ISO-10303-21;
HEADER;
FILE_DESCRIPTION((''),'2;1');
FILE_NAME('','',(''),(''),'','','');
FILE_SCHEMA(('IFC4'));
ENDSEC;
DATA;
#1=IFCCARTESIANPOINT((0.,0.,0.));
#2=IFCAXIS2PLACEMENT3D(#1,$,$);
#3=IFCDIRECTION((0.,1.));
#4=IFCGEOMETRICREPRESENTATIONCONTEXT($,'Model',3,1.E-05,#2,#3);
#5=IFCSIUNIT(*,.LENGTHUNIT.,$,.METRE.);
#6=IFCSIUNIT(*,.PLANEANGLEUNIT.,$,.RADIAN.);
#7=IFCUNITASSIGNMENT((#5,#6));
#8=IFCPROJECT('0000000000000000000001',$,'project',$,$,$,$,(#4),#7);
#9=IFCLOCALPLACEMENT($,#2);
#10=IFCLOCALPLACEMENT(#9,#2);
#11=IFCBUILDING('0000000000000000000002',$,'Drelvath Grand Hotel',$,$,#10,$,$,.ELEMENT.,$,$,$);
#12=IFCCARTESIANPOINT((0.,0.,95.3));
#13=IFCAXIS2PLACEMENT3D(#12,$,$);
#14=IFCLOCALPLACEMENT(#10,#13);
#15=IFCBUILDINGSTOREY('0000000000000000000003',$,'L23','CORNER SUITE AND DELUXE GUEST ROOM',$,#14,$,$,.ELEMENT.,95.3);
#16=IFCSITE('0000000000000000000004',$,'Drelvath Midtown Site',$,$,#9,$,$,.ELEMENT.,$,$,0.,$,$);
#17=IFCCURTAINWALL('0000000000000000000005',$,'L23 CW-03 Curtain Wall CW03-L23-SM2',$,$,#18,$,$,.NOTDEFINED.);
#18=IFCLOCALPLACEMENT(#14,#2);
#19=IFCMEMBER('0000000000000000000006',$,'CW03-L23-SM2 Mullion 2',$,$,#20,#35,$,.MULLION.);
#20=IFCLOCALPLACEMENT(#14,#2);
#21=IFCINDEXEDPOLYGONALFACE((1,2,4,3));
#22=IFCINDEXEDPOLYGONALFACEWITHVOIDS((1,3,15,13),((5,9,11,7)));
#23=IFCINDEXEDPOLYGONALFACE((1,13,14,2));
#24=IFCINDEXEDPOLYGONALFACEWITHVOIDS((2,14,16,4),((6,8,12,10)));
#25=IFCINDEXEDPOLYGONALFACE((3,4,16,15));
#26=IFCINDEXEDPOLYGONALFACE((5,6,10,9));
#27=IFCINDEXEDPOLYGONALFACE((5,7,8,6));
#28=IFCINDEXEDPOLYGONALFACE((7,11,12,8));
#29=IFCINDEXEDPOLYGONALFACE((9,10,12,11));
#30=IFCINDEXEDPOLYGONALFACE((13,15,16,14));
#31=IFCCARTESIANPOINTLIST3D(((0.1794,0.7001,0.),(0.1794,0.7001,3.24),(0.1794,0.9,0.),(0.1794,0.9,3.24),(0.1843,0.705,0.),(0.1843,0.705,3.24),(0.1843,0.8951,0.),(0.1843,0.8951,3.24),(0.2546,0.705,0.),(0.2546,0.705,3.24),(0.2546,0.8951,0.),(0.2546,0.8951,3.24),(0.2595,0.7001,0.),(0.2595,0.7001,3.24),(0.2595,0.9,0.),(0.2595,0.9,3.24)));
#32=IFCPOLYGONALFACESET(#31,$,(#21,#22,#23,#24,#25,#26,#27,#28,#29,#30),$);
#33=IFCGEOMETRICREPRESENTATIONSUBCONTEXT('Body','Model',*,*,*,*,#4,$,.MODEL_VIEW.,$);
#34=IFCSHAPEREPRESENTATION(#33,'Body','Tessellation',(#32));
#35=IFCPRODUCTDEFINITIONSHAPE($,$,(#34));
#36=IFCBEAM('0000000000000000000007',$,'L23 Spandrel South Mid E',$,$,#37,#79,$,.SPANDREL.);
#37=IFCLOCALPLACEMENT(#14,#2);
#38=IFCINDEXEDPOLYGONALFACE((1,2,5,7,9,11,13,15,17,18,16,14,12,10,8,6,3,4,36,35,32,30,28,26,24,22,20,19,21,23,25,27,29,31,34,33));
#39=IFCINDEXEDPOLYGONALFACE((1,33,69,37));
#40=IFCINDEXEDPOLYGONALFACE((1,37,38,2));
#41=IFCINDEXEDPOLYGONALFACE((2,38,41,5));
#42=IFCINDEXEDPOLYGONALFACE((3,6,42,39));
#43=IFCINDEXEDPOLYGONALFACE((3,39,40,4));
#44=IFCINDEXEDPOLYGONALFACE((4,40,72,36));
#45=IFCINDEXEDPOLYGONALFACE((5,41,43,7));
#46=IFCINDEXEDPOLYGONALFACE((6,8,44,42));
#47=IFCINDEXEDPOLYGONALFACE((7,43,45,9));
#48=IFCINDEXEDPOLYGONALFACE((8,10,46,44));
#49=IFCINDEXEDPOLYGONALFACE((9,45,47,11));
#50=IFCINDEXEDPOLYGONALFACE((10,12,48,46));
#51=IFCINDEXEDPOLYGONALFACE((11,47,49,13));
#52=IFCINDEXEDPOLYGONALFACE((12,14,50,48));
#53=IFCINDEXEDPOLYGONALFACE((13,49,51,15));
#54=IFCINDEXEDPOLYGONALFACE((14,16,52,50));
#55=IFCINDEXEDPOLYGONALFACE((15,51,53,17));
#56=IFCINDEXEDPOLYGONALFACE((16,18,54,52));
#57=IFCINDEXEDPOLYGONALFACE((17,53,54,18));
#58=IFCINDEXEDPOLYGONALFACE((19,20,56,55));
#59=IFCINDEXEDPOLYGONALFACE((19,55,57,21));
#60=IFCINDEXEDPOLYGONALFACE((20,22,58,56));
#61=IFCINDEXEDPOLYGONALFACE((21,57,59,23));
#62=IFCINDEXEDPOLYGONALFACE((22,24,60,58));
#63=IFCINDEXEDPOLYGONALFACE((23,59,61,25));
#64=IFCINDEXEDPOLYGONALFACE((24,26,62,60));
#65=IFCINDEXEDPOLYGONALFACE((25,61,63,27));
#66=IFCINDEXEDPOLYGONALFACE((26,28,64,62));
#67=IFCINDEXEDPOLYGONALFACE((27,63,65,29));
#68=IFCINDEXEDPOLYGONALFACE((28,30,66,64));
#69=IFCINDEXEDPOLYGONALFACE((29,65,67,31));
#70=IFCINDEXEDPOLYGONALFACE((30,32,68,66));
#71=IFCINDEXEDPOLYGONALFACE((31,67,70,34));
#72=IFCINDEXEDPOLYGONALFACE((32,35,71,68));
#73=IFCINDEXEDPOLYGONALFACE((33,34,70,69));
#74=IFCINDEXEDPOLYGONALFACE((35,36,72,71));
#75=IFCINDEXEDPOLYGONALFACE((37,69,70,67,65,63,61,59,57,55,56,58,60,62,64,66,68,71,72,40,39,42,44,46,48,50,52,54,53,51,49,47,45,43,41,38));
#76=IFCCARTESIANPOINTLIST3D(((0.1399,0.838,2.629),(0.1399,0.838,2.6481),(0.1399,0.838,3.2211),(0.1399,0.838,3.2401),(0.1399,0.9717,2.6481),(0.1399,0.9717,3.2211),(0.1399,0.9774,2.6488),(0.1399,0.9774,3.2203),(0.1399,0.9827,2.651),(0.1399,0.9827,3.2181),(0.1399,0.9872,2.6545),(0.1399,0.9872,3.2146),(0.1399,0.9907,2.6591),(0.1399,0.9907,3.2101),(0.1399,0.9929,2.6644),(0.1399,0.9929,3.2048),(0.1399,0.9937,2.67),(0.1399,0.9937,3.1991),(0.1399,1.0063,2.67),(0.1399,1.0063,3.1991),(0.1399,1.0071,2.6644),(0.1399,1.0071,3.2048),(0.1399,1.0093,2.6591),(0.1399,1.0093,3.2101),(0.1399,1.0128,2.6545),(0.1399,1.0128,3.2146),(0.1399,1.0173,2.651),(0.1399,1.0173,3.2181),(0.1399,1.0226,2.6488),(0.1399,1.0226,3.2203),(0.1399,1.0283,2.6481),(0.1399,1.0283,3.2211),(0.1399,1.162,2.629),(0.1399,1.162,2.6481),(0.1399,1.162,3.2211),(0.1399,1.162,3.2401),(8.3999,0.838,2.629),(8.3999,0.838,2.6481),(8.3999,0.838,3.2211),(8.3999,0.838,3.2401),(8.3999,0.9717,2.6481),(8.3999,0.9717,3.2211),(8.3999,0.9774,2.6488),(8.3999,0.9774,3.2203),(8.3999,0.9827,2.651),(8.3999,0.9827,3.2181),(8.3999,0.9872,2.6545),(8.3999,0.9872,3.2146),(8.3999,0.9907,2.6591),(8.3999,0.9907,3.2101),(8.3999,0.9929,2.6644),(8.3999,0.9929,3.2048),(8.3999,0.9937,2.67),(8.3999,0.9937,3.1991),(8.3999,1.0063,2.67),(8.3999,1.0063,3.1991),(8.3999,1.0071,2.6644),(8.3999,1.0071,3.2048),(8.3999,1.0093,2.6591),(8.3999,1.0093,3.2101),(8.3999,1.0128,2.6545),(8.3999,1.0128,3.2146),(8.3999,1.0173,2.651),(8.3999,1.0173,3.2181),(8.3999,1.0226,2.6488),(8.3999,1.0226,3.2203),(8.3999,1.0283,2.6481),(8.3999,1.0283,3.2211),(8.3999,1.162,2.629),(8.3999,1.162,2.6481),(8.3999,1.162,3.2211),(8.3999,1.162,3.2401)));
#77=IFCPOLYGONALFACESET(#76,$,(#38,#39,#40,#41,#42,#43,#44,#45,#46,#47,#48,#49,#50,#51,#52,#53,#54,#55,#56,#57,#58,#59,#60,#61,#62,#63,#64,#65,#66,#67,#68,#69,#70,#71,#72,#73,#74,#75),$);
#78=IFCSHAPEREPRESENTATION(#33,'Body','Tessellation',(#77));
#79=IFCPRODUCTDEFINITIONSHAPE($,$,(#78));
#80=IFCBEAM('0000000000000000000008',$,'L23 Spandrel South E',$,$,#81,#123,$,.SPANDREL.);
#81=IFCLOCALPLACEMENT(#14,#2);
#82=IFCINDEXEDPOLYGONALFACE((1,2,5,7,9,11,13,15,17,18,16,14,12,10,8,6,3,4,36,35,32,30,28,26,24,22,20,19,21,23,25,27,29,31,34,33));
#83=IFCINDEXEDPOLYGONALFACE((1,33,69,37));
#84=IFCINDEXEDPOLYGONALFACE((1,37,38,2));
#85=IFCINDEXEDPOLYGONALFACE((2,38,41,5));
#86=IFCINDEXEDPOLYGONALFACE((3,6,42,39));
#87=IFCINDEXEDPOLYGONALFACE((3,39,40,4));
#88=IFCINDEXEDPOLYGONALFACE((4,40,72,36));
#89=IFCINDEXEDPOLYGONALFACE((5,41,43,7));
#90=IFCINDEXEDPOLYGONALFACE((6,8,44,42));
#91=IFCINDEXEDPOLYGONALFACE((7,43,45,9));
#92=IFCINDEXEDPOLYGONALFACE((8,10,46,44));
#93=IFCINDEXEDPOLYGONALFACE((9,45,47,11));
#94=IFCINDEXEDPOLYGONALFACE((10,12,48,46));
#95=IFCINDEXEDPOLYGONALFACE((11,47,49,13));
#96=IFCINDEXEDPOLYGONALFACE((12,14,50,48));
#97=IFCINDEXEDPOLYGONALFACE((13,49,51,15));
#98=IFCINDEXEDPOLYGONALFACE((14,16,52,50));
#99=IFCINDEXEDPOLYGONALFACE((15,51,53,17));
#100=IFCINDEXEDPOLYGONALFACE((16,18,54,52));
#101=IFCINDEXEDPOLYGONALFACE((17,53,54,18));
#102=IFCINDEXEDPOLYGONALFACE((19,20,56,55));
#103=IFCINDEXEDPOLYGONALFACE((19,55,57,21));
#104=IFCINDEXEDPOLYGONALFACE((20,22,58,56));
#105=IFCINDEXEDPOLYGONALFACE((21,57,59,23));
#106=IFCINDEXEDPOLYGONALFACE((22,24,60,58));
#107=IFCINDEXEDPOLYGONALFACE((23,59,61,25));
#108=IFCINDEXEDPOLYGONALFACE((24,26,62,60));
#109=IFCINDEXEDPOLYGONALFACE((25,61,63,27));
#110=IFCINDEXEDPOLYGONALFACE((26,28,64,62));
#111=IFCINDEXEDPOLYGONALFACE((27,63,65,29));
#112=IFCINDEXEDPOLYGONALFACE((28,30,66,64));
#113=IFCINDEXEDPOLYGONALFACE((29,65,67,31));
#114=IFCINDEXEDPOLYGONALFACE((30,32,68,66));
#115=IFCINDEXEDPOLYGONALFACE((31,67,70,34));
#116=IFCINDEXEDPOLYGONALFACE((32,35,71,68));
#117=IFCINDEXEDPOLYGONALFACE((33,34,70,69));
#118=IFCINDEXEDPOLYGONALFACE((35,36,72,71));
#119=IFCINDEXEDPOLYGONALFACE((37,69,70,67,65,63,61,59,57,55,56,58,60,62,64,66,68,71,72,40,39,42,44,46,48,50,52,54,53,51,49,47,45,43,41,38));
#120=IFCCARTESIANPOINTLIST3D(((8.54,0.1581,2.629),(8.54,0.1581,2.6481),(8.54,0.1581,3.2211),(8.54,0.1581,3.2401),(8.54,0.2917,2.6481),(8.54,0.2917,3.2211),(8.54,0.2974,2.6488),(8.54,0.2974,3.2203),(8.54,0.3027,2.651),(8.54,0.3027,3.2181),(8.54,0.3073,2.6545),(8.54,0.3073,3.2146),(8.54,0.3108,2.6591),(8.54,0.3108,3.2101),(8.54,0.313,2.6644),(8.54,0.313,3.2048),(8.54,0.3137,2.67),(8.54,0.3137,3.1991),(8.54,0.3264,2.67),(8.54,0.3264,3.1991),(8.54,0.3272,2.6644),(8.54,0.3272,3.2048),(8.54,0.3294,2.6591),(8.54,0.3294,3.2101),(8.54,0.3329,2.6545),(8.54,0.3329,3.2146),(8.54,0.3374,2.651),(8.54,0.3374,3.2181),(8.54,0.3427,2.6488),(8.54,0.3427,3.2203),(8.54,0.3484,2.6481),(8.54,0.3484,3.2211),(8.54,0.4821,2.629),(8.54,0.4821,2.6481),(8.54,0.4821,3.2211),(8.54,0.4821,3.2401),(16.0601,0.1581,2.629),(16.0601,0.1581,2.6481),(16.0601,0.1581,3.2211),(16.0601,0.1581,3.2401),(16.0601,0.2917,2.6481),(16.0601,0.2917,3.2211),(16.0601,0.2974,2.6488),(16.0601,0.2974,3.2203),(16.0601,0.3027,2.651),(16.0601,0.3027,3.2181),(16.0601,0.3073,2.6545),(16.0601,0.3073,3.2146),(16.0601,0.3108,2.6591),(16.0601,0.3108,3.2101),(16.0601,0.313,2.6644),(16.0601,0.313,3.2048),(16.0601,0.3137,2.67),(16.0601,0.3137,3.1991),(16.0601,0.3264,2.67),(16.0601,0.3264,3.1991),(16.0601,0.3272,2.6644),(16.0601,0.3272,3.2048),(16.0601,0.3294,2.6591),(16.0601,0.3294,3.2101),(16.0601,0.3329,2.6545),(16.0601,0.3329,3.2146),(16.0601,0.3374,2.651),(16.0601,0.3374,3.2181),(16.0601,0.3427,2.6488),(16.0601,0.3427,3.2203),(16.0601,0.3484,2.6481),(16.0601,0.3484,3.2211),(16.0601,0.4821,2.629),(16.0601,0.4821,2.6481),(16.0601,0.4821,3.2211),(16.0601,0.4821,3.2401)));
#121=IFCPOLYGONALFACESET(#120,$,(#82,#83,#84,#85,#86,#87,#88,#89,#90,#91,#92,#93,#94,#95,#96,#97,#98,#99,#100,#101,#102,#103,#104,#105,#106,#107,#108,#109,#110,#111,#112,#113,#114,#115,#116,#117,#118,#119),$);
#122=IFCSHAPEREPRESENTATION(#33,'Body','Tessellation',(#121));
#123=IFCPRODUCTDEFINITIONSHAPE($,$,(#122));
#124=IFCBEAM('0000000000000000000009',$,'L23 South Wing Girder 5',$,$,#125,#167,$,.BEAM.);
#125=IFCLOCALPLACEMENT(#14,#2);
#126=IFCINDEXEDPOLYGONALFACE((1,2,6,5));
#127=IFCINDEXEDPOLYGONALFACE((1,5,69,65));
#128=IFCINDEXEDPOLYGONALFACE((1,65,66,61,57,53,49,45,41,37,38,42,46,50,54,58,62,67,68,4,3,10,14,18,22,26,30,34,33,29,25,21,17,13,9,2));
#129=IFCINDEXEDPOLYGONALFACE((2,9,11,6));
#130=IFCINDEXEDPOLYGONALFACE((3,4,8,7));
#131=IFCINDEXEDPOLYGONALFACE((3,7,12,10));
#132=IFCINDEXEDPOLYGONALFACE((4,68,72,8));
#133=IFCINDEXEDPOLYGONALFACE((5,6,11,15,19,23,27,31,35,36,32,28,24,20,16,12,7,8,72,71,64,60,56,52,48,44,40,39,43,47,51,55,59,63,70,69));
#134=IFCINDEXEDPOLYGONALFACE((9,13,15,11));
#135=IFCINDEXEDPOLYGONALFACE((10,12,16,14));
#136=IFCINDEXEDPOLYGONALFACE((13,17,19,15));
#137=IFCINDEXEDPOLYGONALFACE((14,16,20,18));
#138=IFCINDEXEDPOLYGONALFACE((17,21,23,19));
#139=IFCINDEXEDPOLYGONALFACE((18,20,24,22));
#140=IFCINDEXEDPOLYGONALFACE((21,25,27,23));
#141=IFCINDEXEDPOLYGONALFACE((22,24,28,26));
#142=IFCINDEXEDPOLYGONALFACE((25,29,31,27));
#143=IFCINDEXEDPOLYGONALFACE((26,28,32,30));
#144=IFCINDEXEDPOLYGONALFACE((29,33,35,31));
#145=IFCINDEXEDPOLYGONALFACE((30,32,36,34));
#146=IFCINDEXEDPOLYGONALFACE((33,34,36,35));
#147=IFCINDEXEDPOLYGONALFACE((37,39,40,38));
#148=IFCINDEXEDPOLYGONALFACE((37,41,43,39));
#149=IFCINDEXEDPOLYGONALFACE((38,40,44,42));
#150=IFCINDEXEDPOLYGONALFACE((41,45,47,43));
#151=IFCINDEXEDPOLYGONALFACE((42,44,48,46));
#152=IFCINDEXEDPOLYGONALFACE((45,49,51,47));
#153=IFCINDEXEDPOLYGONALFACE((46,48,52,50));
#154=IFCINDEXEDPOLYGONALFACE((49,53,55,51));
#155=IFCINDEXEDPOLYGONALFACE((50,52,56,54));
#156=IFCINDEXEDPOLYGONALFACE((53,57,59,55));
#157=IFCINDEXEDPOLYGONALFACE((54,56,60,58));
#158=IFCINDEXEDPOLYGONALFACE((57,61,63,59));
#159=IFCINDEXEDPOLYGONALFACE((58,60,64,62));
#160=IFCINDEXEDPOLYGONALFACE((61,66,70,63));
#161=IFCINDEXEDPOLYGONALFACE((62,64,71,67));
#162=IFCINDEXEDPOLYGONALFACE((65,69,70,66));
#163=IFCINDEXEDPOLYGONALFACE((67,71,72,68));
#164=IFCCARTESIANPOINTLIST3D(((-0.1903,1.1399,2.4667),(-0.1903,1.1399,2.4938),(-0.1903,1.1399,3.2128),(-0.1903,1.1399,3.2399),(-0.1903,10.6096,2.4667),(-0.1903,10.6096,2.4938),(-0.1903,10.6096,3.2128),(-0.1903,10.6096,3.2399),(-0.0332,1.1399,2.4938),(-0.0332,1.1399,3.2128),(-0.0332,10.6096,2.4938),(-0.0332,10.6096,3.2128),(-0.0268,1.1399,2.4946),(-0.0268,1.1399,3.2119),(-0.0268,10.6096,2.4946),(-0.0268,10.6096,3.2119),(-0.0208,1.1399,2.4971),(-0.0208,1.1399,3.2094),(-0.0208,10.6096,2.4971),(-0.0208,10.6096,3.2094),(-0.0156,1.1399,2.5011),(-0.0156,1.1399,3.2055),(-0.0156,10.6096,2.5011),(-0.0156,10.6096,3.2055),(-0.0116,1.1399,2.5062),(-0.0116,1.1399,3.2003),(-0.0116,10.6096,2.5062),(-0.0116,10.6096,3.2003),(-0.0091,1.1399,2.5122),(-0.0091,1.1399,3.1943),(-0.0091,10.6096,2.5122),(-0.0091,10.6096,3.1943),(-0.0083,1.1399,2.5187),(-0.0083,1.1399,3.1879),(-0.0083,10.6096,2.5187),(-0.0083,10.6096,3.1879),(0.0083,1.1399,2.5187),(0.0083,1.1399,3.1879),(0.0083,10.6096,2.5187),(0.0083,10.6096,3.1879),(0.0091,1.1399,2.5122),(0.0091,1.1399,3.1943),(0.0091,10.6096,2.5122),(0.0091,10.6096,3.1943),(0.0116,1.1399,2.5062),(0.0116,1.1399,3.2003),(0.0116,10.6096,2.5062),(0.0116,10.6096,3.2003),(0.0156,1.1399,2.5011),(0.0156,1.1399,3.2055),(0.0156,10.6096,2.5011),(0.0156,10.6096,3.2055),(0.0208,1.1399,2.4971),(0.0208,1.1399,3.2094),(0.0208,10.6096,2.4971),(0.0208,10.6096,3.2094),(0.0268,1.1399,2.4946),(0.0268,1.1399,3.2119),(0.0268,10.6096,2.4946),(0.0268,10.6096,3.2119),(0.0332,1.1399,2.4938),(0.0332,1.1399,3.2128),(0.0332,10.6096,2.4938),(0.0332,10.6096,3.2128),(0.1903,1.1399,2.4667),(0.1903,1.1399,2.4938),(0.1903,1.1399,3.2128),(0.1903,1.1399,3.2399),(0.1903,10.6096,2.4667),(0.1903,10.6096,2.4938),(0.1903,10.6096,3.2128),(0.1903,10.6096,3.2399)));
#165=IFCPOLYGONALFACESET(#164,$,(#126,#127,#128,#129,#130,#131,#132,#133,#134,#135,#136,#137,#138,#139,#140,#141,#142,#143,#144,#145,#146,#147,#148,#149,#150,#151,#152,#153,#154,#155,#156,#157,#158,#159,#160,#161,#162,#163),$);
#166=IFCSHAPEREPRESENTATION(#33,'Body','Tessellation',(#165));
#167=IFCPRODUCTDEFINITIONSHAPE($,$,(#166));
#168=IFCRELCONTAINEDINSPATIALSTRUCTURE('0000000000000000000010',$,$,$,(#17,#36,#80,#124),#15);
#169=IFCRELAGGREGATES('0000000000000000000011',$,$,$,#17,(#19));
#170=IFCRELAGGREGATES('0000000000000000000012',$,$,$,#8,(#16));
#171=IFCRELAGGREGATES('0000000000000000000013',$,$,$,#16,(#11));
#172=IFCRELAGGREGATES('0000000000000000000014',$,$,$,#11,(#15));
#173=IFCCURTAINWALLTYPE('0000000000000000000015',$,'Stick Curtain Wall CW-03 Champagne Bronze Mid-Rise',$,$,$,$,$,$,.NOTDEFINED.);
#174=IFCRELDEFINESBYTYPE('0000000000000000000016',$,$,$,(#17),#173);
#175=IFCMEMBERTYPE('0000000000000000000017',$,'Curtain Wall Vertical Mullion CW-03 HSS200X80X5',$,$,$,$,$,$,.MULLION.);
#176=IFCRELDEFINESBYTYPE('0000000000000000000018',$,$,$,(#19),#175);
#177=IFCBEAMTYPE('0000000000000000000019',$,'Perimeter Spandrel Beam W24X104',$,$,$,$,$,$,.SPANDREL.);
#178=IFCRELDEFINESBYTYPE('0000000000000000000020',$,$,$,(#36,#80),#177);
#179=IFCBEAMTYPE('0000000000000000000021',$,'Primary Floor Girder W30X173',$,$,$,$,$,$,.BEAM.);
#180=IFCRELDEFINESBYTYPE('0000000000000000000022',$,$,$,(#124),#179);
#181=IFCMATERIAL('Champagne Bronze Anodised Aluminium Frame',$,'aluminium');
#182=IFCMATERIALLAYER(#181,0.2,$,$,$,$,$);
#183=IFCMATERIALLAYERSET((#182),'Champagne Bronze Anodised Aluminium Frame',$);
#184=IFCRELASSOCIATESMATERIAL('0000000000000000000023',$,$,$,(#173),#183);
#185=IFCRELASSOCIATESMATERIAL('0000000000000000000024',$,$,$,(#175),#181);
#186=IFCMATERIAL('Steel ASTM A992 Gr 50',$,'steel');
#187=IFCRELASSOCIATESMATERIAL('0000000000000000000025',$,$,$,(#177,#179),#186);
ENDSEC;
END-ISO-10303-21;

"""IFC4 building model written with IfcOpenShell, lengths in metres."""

from ifc_helpers import new_model, si_unit, direction, frame, origin, origin_2d, place, context, subcontext, project, spatial, hollow_rectangle, i_section, extrude, material, layer, layer_set, material_profile, profile_set, type_object, element, aggregate, save


model = new_model("IFC4")

# Units and contexts
model_context = context("Model", 3, precision=1e-05, world=origin(), true_north=direction((0.0, 1.0)))
body_context = subcontext(model_context, "Body", "Model", "MODEL_VIEW")
ifc_project = project(units=[si_unit("LENGTHUNIT", "METRE"), si_unit("PLANEANGLEUNIT", "RADIAN")], contexts=[model_context])

# Site, building, storey
site_placement = place(None, origin())
site = spatial("IfcSite", under=ifc_project, at=site_placement, Name="Drelvath Midtown Site", CompositionType="ELEMENT", RefElevation=0.0)
building_placement = place(site_placement, origin())
building = spatial("IfcBuilding", under=site, at=building_placement, Name="Drelvath Grand Hotel", CompositionType="ELEMENT")
storey_placement = place(building_placement, frame((0.0, 0.0, 95.3)))
storey = spatial("IfcBuildingStorey", under=building, at=storey_placement, Name="L23", Description="CORNER SUITE AND DELUXE GUEST ROOM", CompositionType="ELEMENT", Elevation=95.3)

# Curtain wall
ifc_material_1 = material(Name="Champagne Bronze Anodised Aluminium Frame", Category="aluminium")
ifc_layer_1 = layer(ifc_material_1, 0.2)
ifc_layer_set_1 = layer_set([ifc_layer_1], Name="Champagne Bronze Anodised Aluminium Frame")
curtain_wall_type = type_object("IfcCurtainWallType", Name="Stick Curtain Wall CW-03 Champagne Bronze Mid-Rise", PredefinedType="NOTDEFINED", material=ifc_layer_set_1)
curtain_wall_1_placement = place(storey_placement, origin())
curtain_wall_1 = element("IfcCurtainWall", 1, at=curtain_wall_1_placement, inside=storey, type_object=curtain_wall_type, Name="L23 CW-03 Curtain Wall CW03-L23-SM2", PredefinedType="NOTDEFINED")

# Member
ifc_material_profile_1 = material_profile(ifc_material_1, hollow_rectangle(XDim=0.0801, YDim=0.2, WallThickness=0.0049, at=origin_2d()), Name="HSS200X80X5")
ifc_profile_set_1 = profile_set([ifc_material_profile_1], Name="Champagne Bronze Anodised Aluminium Frame")
member_type_1 = type_object("IfcMemberType", Name="Curtain Wall Vertical Mullion CW-03 HSS200X80X5", PredefinedType="MULLION", material=ifc_profile_set_1)
member_1_placement = place(storey_placement, frame((0.2195, 0.8, 0.0), z_axis=(0.0, 0.0, 1.0), x_axis=(1.0, 0.0, 0.0)))
member_1 = element("IfcMember", 2, at=member_1_placement, type_object=member_type_1, Name="CW03-L23-SM2 Mullion 2", PredefinedType="MULLION", context=body_context, shape_type="SweptSolid", body=[
    extrude(hollow_rectangle(XDim=0.0801, YDim=0.2, WallThickness=0.0049, at=origin_2d()), origin(), (0.0, 0.0, 1.0), 3.24),
])

# Beams
ifc_material_2 = material(Name="Steel ASTM A992 Gr 50", Category="steel")
ifc_material_profile_2 = material_profile(ifc_material_2, i_section(OverallWidth=0.324, OverallDepth=0.6111, WebThickness=0.0127, FlangeThickness=0.019, FilletRadius=0.022, at=origin_2d()), Name="W24X104")
ifc_profile_set_2 = profile_set([ifc_material_profile_2], Name="Steel ASTM A992 Gr 50")
beam_type_1 = type_object("IfcBeamType", Name="Perimeter Spandrel Beam W24X104", PredefinedType="SPANDREL", material=ifc_profile_set_2)
beam_1_placement = place(storey_placement, frame((0.1399, 1.0, 2.9346), z_axis=(1.0, 0.0, 0.0), x_axis=(0.0, 1.0, 0.0)))
element("IfcBeam", 3, at=beam_1_placement, inside=storey, type_object=beam_type_1, Name="L23 Spandrel South Mid E", PredefinedType="SPANDREL", context=body_context, shape_type="SweptSolid", body=[
    extrude(i_section(OverallWidth=0.324, OverallDepth=0.6111, WebThickness=0.0127, FlangeThickness=0.019, FilletRadius=0.022, at=origin_2d()), origin(), (0.0, 0.0, 1.0), 8.26),
])
beam_2_placement = place(storey_placement, frame((8.54, 0.3201, 2.9346), z_axis=(1.0, 0.0, 0.0), x_axis=(0.0, 1.0, 0.0)))
element("IfcBeam", 4, at=beam_2_placement, inside=storey, type_object=beam_type_1, Name="L23 Spandrel South E", PredefinedType="SPANDREL", context=body_context, shape_type="SweptSolid", body=[
    extrude(i_section(OverallWidth=0.324, OverallDepth=0.6111, WebThickness=0.0127, FlangeThickness=0.019, FilletRadius=0.022, at=origin_2d()), origin(), (0.0, 0.0, 1.0), 7.52),
])
ifc_material_profile_3 = material_profile(ifc_material_2, i_section(OverallWidth=0.3806, OverallDepth=0.7732, WebThickness=0.0166, FlangeThickness=0.0271, FilletRadius=0.0249, at=origin_2d()), Name="W30X173")
ifc_profile_set_3 = profile_set([ifc_material_profile_3], Name="Steel ASTM A992 Gr 50")
beam_type_2 = type_object("IfcBeamType", Name="Primary Floor Girder W30X173", PredefinedType="BEAM", material=ifc_profile_set_3)
beam_3_placement = place(storey_placement, frame((0.0, 1.1399, 2.8533), z_axis=(0.0, 1.0, 0.0), x_axis=(-1.0, 0.0, 0.0)))
element("IfcBeam", 5, at=beam_3_placement, inside=storey, type_object=beam_type_2, Name="L23 South Wing Girder 5", PredefinedType="BEAM", context=body_context, shape_type="SweptSolid", body=[
    extrude(i_section(OverallWidth=0.3806, OverallDepth=0.7732, WebThickness=0.0166, FlangeThickness=0.0271, FilletRadius=0.0249, at=origin_2d()), origin(), (0.0, 0.0, 1.0), 9.4697),
])

aggregate(curtain_wall_1, [member_1])

save(model, "model.ifc")
